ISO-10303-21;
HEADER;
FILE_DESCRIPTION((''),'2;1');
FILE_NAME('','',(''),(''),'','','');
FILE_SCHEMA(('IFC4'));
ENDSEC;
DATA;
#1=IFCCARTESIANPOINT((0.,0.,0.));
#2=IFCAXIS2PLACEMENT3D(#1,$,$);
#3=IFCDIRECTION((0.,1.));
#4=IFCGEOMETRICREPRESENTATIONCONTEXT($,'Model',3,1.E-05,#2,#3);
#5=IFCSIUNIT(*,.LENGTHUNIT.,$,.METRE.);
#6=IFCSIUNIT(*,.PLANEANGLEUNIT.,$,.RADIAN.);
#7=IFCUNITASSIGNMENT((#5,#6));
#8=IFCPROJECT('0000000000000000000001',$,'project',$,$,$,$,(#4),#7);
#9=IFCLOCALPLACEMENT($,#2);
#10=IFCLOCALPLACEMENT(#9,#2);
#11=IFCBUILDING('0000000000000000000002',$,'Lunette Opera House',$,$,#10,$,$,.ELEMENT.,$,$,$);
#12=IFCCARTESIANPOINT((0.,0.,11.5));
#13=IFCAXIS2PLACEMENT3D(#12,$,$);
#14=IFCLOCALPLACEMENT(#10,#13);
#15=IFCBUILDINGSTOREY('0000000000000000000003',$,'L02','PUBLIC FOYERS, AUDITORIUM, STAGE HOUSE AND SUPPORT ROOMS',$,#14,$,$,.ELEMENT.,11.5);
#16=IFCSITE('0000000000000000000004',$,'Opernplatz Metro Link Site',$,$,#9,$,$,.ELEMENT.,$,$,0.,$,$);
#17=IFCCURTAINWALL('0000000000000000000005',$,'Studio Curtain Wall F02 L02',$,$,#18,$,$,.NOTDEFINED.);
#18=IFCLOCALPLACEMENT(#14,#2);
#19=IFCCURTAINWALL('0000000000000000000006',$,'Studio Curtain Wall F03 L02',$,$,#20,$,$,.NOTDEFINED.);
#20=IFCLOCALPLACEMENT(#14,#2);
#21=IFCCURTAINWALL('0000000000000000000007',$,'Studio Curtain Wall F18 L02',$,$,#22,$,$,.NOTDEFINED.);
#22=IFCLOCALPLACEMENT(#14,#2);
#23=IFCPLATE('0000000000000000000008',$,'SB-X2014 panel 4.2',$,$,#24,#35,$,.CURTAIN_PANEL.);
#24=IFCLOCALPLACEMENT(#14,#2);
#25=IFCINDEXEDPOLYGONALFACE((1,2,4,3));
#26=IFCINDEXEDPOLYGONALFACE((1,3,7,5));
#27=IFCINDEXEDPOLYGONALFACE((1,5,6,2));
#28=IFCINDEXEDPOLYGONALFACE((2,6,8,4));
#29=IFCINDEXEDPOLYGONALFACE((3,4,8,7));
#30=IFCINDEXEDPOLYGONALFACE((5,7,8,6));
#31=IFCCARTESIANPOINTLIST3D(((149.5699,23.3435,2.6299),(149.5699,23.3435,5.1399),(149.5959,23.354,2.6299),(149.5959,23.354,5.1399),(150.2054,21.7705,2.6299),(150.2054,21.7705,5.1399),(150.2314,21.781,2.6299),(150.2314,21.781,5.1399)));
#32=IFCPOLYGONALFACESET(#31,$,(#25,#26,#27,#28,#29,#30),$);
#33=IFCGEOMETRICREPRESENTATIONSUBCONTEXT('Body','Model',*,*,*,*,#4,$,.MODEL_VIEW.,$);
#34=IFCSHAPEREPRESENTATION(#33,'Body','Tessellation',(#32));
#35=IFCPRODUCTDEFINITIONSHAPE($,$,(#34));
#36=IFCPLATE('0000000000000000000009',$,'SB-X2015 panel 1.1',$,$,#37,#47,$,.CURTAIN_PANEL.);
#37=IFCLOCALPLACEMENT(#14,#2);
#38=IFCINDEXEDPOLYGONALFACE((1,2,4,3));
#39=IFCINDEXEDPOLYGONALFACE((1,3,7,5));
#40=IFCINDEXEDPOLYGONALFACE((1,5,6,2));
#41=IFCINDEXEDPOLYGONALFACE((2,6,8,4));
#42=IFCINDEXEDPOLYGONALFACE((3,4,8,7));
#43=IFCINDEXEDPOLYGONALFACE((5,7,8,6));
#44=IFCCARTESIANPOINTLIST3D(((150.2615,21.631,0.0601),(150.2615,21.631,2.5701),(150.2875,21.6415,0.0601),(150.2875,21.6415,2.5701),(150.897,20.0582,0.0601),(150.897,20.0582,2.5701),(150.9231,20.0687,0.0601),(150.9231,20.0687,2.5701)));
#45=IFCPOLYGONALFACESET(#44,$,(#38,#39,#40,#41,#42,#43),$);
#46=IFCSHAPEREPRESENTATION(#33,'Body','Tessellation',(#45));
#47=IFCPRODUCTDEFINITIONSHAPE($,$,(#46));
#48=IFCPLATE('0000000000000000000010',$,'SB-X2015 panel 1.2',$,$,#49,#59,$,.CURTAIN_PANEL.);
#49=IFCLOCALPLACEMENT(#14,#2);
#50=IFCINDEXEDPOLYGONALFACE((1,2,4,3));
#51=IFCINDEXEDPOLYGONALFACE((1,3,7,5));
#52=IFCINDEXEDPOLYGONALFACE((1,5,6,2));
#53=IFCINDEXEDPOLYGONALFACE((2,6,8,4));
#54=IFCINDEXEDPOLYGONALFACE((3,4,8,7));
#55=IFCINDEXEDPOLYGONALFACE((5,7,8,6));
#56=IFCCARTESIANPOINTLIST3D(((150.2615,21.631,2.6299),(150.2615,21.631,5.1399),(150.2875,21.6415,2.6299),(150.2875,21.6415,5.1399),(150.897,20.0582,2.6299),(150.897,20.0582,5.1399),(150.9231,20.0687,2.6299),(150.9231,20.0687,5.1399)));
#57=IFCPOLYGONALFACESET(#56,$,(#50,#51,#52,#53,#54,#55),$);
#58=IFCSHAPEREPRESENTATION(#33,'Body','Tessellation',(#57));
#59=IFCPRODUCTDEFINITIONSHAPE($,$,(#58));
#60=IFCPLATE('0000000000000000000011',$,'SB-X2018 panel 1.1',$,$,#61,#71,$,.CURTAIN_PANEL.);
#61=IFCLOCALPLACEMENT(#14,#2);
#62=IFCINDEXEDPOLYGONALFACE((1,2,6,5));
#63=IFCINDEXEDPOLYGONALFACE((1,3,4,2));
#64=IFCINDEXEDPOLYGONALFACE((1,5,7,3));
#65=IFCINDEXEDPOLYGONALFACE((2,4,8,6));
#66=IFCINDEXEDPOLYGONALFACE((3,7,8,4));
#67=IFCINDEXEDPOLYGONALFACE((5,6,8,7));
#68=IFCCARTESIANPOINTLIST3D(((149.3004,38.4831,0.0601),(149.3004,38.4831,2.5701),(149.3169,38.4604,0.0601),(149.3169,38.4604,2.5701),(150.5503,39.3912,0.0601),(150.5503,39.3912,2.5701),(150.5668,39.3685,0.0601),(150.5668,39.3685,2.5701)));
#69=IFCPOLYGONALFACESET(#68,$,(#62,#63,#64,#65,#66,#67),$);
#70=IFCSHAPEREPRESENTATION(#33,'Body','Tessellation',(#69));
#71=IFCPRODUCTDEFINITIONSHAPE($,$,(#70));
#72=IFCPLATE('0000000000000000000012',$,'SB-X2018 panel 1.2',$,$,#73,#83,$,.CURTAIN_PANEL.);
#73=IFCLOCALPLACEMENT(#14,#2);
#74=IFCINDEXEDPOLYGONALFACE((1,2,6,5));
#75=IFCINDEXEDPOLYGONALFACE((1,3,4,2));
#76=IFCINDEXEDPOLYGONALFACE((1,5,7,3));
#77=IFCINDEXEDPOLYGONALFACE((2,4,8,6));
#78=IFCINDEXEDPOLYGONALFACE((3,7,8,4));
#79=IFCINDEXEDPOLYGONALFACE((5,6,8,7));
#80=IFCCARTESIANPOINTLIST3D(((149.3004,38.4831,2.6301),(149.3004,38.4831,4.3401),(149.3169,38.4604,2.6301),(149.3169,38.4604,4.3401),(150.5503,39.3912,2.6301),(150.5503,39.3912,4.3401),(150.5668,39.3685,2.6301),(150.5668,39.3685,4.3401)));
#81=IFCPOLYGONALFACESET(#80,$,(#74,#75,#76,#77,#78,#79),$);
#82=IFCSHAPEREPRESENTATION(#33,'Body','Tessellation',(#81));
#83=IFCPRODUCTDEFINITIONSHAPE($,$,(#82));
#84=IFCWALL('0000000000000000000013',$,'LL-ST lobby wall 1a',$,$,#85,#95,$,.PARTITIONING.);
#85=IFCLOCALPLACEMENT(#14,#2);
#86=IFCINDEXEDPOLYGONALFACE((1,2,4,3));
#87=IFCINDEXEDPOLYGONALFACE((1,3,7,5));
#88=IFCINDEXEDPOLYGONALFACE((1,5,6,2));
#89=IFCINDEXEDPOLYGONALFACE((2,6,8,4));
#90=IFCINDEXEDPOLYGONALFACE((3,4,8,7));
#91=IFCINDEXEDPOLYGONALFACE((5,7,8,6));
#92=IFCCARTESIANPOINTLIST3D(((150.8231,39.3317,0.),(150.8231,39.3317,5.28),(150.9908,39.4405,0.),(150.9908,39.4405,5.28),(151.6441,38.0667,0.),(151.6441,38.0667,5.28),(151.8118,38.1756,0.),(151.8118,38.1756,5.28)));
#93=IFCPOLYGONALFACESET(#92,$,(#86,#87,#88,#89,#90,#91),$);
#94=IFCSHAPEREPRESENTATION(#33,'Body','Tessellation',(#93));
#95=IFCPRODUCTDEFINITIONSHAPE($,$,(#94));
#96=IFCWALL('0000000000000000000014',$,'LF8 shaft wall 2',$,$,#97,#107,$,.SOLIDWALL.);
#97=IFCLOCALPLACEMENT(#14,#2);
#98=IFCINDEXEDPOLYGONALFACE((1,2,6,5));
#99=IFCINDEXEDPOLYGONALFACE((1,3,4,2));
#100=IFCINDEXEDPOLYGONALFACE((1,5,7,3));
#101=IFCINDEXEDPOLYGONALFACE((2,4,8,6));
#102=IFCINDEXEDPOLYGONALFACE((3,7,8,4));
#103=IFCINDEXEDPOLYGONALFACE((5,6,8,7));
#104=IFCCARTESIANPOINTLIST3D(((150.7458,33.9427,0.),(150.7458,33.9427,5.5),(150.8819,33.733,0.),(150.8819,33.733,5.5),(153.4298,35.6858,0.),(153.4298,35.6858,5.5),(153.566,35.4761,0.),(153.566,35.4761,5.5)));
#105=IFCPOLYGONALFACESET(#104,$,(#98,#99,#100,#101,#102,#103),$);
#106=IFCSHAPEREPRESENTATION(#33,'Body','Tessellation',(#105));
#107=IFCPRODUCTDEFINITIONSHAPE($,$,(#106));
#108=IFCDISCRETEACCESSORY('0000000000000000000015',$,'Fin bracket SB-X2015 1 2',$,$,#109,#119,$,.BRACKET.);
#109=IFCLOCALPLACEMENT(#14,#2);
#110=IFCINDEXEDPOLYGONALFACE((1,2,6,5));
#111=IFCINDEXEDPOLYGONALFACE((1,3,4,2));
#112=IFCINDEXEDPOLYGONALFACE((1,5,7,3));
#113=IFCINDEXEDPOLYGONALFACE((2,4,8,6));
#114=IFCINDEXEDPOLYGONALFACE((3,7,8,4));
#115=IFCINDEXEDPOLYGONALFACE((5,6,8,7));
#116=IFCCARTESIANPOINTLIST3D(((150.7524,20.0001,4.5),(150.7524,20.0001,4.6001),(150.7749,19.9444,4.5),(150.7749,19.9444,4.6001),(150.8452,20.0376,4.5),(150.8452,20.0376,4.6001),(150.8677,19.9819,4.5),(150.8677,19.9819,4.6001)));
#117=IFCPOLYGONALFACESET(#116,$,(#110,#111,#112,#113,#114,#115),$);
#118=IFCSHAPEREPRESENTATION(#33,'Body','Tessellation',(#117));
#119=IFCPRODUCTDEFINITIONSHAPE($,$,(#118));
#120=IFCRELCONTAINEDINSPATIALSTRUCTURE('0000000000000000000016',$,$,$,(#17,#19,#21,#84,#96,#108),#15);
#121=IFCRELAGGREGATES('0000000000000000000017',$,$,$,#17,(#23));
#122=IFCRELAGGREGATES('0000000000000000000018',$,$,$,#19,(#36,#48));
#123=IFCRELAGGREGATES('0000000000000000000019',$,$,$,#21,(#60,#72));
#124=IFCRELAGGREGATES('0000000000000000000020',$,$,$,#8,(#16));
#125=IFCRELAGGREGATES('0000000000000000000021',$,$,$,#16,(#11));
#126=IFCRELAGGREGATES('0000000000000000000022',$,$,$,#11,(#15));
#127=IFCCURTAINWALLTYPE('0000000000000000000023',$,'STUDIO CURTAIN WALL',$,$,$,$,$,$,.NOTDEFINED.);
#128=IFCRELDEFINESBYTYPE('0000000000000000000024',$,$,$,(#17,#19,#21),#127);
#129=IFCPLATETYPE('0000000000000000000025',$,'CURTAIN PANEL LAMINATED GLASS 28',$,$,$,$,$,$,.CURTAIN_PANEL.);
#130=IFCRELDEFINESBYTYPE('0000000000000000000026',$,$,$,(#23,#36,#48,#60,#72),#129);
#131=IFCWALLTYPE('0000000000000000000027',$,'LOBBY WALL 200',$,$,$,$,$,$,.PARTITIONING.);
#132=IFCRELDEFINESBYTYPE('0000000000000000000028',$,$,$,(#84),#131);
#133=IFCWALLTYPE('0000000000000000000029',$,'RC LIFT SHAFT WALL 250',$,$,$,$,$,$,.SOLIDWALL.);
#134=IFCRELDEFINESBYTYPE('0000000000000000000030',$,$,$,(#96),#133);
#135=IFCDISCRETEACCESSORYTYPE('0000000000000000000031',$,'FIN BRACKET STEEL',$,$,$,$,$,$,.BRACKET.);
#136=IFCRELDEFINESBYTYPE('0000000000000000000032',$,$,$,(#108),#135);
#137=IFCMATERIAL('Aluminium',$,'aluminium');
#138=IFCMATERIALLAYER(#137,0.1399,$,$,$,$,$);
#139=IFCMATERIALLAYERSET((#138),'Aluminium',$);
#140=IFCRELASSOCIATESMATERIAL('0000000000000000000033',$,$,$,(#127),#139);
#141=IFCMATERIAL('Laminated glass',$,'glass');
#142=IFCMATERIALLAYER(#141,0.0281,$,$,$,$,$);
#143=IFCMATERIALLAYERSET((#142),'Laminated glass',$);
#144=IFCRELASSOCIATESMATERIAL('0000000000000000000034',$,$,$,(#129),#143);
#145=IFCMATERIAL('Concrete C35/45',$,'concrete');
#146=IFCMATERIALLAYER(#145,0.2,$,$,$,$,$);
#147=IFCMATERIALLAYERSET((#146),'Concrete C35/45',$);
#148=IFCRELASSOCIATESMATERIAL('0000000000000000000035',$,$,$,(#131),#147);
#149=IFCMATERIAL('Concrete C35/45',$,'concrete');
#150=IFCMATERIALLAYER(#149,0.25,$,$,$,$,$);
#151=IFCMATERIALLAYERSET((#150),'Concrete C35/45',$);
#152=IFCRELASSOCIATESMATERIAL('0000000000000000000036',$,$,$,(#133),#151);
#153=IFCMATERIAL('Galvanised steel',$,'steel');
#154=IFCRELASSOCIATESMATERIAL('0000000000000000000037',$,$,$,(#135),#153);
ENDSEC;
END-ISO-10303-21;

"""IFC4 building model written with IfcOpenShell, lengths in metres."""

from ifc_helpers import new_model, si_unit, direction, frame, frame_2d, origin, origin_2d, place, context, subcontext, project, spatial, rectangle, extrude, material, layer, layer_set, type_object, element, aggregate, save


model = new_model("IFC4")

# Units and contexts
model_context = context("Model", 3, precision=1e-05, world=origin(), true_north=direction((0.0, 1.0)))
body_context = subcontext(model_context, "Body", "Model", "MODEL_VIEW")
ifc_project = project(units=[si_unit("LENGTHUNIT", "METRE"), si_unit("PLANEANGLEUNIT", "RADIAN")], contexts=[model_context])

# Site, building, storey
site_placement = place(None, origin())
site = spatial("IfcSite", under=ifc_project, at=site_placement, Name="Opernplatz Metro Link Site", CompositionType="ELEMENT", RefElevation=0.0)
building_placement = place(site_placement, origin())
building = spatial("IfcBuilding", under=site, at=building_placement, Name="Lunette Opera House", CompositionType="ELEMENT")
storey_placement = place(building_placement, frame((0.0, 0.0, 11.5)))
storey = spatial("IfcBuildingStorey", under=building, at=storey_placement, Name="L02", Description="PUBLIC FOYERS, AUDITORIUM, STAGE HOUSE AND SUPPORT ROOMS", CompositionType="ELEMENT", Elevation=11.5)

# Curtain wall
ifc_material_1 = material(Name="Aluminium", Category="aluminium")
ifc_layer_1 = layer(ifc_material_1, 0.1399)
ifc_layer_set_1 = layer_set([ifc_layer_1], Name="Aluminium")
curtain_wall_type = type_object("IfcCurtainWallType", Name="STUDIO CURTAIN WALL", PredefinedType="NOTDEFINED", material=ifc_layer_set_1)
curtain_wall_1_placement = place(storey_placement, origin())
curtain_wall_1 = element("IfcCurtainWall", 1, at=curtain_wall_1_placement, inside=storey, type_object=curtain_wall_type, Name="Studio Curtain Wall F02 L02", PredefinedType="NOTDEFINED")

# Curtain wall
curtain_wall_2_placement = place(storey_placement, origin())
curtain_wall_2 = element("IfcCurtainWall", 2, at=curtain_wall_2_placement, inside=storey, type_object=curtain_wall_type, Name="Studio Curtain Wall F03 L02", PredefinedType="NOTDEFINED")

# Curtain wall
curtain_wall_3_placement = place(storey_placement, origin())
curtain_wall_3 = element("IfcCurtainWall", 3, at=curtain_wall_3_placement, inside=storey, type_object=curtain_wall_type, Name="Studio Curtain Wall F18 L02", PredefinedType="NOTDEFINED")

# Plates
ifc_material_2 = material(Name="Laminated glass", Category="glass")
ifc_layer_2 = layer(ifc_material_2, 0.0281)
ifc_layer_set_2 = layer_set([ifc_layer_2], Name="Laminated glass")
plate_type = type_object("IfcPlateType", Name="CURTAIN PANEL LAMINATED GLASS 28", PredefinedType="CURTAIN_PANEL", material=ifc_layer_set_2)
plate_1_placement = place(storey_placement, frame((149.9006, 22.5623, 2.6299), z_axis=(0.0, 0.0, 1.0), x_axis=(0.374597, -0.927188, 0.0)))
plate_1 = element("IfcPlate", 4, at=plate_1_placement, type_object=plate_type, Name="SB-X2014 panel 4.2", PredefinedType="CURTAIN_PANEL", context=body_context, shape_type="SweptSolid", body=[
    extrude(rectangle(XDim=1.6965, YDim=0.0281, at=origin_2d()), origin(), (0.0, 0.0, 1.0), 2.51),
])
aggregate(curtain_wall_1, [plate_1])
plate_2_placement = place(storey_placement, frame((150.5923, 20.8499, 0.0601), z_axis=(0.0, 0.0, 1.0), x_axis=(0.374646, -0.927168, 0.0)))
plate_2 = element("IfcPlate", 5, at=plate_2_placement, type_object=plate_type, Name="SB-X2015 panel 1.1", PredefinedType="CURTAIN_PANEL", context=body_context, shape_type="SweptSolid", body=[
    extrude(rectangle(XDim=1.6963, YDim=0.0281, at=origin_2d()), origin(), (0.0, 0.0, 1.0), 2.51),
])
plate_3_placement = place(storey_placement, frame((150.5923, 20.8499, 2.6299), z_axis=(0.0, 0.0, 1.0), x_axis=(0.374646, -0.927168, 0.0)))
plate_3 = element("IfcPlate", 6, at=plate_3_placement, type_object=plate_type, Name="SB-X2015 panel 1.2", PredefinedType="CURTAIN_PANEL", context=body_context, shape_type="SweptSolid", body=[
    extrude(rectangle(XDim=1.6963, YDim=0.0281, at=origin_2d()), origin(), (0.0, 0.0, 1.0), 2.51),
])
aggregate(curtain_wall_2, [plate_2, plate_3])
plate_4_placement = place(storey_placement, frame((149.9336, 38.9258, 0.0601), z_axis=(0.0, 0.0, 1.0), x_axis=(-0.809027, -0.587772, 0.0)))
plate_4 = element("IfcPlate", 7, at=plate_4_placement, type_object=plate_type, Name="SB-X2018 panel 1.1", PredefinedType="CURTAIN_PANEL", context=body_context, shape_type="SweptSolid", body=[
    extrude(rectangle(XDim=1.5449, YDim=0.0281, at=origin_2d()), origin(), (0.0, 0.0, 1.0), 2.51),
])
plate_5_placement = place(storey_placement, frame((149.9336, 38.9258, 2.6301), z_axis=(0.0, 0.0, 1.0), x_axis=(-0.809027, -0.587772, 0.0)))
plate_5 = element("IfcPlate", 8, at=plate_5_placement, type_object=plate_type, Name="SB-X2018 panel 1.2", PredefinedType="CURTAIN_PANEL", context=body_context, shape_type="SweptSolid", body=[
    extrude(rectangle(XDim=1.5449, YDim=0.0281, at=origin_2d()), origin(), (0.0, 0.0, 1.0), 1.71),
])
aggregate(curtain_wall_3, [plate_4, plate_5])

# Walls
ifc_material_3 = material(Name="Concrete C35/45", Category="concrete")
ifc_layer_3 = layer(ifc_material_3, 0.2)
ifc_layer_set_3 = layer_set([ifc_layer_3], Name="Concrete C35/45")
wall_type_1 = type_object("IfcWallType", Name="LOBBY WALL 200", PredefinedType="PARTITIONING", material=ifc_layer_set_3)
wall_1_placement = place(storey_placement, frame((150.907, 39.386, 0.0), z_axis=(0.0, 0.0, 1.0), x_axis=(0.544459, -0.838787, 0.0)))
element("IfcWall", 9, at=wall_1_placement, inside=storey, type_object=wall_type_1, Name="LL-ST lobby wall 1a", PredefinedType="PARTITIONING", context=body_context, shape_type="SweptSolid", body=[
    extrude(rectangle(XDim=1.5081, YDim=0.2, at=frame_2d((0.7539, 0.0))), origin(), (0.0, 0.0, 1.0), 5.28),
])
ifc_material_4 = material(Name="Concrete C35/45", Category="concrete")
ifc_layer_4 = layer(ifc_material_4, 0.25)
ifc_layer_set_4 = layer_set([ifc_layer_4], Name="Concrete C35/45")
wall_type_2 = type_object("IfcWallType", Name="RC LIFT SHAFT WALL 250", PredefinedType="SOLIDWALL", material=ifc_layer_set_4)
wall_2_placement = place(storey_placement, frame((150.814, 33.8379, 0.0), z_axis=(0.0, 0.0, 1.0), x_axis=(0.838656, 0.544661, 0.0)))
element("IfcWall", 10, at=wall_2_placement, inside=storey, type_object=wall_type_2, Name="LF8 shaft wall 2", PredefinedType="SOLIDWALL", context=body_context, shape_type="SweptSolid", body=[
    extrude(rectangle(XDim=3.2004, YDim=0.25, at=frame_2d((1.6001, 0.0))), origin(), (0.0, 0.0, 1.0), 5.5),
])

# Discrete accessory
ifc_material_5 = material(Name="Galvanised steel", Category="steel")
discrete_accessory_type = type_object("IfcDiscreteAccessoryType", Name="FIN BRACKET STEEL", PredefinedType="BRACKET", material=ifc_material_5)
discrete_accessory_placement = place(storey_placement, frame((150.8101, 19.991, 4.5), z_axis=(0.0, 0.0, 1.0), x_axis=(-0.927168, -0.374645, 0.0)))
element("IfcDiscreteAccessory", 11, at=discrete_accessory_placement, inside=storey, type_object=discrete_accessory_type, Name="Fin bracket SB-X2015 1 2", PredefinedType="BRACKET", context=body_context, shape_type="SweptSolid", body=[
    extrude(rectangle(XDim=0.1001, YDim=0.0601, at=origin_2d()), origin(), (0.0, 0.0, 1.0), 0.1001),
])

save(model, "model.ifc")
